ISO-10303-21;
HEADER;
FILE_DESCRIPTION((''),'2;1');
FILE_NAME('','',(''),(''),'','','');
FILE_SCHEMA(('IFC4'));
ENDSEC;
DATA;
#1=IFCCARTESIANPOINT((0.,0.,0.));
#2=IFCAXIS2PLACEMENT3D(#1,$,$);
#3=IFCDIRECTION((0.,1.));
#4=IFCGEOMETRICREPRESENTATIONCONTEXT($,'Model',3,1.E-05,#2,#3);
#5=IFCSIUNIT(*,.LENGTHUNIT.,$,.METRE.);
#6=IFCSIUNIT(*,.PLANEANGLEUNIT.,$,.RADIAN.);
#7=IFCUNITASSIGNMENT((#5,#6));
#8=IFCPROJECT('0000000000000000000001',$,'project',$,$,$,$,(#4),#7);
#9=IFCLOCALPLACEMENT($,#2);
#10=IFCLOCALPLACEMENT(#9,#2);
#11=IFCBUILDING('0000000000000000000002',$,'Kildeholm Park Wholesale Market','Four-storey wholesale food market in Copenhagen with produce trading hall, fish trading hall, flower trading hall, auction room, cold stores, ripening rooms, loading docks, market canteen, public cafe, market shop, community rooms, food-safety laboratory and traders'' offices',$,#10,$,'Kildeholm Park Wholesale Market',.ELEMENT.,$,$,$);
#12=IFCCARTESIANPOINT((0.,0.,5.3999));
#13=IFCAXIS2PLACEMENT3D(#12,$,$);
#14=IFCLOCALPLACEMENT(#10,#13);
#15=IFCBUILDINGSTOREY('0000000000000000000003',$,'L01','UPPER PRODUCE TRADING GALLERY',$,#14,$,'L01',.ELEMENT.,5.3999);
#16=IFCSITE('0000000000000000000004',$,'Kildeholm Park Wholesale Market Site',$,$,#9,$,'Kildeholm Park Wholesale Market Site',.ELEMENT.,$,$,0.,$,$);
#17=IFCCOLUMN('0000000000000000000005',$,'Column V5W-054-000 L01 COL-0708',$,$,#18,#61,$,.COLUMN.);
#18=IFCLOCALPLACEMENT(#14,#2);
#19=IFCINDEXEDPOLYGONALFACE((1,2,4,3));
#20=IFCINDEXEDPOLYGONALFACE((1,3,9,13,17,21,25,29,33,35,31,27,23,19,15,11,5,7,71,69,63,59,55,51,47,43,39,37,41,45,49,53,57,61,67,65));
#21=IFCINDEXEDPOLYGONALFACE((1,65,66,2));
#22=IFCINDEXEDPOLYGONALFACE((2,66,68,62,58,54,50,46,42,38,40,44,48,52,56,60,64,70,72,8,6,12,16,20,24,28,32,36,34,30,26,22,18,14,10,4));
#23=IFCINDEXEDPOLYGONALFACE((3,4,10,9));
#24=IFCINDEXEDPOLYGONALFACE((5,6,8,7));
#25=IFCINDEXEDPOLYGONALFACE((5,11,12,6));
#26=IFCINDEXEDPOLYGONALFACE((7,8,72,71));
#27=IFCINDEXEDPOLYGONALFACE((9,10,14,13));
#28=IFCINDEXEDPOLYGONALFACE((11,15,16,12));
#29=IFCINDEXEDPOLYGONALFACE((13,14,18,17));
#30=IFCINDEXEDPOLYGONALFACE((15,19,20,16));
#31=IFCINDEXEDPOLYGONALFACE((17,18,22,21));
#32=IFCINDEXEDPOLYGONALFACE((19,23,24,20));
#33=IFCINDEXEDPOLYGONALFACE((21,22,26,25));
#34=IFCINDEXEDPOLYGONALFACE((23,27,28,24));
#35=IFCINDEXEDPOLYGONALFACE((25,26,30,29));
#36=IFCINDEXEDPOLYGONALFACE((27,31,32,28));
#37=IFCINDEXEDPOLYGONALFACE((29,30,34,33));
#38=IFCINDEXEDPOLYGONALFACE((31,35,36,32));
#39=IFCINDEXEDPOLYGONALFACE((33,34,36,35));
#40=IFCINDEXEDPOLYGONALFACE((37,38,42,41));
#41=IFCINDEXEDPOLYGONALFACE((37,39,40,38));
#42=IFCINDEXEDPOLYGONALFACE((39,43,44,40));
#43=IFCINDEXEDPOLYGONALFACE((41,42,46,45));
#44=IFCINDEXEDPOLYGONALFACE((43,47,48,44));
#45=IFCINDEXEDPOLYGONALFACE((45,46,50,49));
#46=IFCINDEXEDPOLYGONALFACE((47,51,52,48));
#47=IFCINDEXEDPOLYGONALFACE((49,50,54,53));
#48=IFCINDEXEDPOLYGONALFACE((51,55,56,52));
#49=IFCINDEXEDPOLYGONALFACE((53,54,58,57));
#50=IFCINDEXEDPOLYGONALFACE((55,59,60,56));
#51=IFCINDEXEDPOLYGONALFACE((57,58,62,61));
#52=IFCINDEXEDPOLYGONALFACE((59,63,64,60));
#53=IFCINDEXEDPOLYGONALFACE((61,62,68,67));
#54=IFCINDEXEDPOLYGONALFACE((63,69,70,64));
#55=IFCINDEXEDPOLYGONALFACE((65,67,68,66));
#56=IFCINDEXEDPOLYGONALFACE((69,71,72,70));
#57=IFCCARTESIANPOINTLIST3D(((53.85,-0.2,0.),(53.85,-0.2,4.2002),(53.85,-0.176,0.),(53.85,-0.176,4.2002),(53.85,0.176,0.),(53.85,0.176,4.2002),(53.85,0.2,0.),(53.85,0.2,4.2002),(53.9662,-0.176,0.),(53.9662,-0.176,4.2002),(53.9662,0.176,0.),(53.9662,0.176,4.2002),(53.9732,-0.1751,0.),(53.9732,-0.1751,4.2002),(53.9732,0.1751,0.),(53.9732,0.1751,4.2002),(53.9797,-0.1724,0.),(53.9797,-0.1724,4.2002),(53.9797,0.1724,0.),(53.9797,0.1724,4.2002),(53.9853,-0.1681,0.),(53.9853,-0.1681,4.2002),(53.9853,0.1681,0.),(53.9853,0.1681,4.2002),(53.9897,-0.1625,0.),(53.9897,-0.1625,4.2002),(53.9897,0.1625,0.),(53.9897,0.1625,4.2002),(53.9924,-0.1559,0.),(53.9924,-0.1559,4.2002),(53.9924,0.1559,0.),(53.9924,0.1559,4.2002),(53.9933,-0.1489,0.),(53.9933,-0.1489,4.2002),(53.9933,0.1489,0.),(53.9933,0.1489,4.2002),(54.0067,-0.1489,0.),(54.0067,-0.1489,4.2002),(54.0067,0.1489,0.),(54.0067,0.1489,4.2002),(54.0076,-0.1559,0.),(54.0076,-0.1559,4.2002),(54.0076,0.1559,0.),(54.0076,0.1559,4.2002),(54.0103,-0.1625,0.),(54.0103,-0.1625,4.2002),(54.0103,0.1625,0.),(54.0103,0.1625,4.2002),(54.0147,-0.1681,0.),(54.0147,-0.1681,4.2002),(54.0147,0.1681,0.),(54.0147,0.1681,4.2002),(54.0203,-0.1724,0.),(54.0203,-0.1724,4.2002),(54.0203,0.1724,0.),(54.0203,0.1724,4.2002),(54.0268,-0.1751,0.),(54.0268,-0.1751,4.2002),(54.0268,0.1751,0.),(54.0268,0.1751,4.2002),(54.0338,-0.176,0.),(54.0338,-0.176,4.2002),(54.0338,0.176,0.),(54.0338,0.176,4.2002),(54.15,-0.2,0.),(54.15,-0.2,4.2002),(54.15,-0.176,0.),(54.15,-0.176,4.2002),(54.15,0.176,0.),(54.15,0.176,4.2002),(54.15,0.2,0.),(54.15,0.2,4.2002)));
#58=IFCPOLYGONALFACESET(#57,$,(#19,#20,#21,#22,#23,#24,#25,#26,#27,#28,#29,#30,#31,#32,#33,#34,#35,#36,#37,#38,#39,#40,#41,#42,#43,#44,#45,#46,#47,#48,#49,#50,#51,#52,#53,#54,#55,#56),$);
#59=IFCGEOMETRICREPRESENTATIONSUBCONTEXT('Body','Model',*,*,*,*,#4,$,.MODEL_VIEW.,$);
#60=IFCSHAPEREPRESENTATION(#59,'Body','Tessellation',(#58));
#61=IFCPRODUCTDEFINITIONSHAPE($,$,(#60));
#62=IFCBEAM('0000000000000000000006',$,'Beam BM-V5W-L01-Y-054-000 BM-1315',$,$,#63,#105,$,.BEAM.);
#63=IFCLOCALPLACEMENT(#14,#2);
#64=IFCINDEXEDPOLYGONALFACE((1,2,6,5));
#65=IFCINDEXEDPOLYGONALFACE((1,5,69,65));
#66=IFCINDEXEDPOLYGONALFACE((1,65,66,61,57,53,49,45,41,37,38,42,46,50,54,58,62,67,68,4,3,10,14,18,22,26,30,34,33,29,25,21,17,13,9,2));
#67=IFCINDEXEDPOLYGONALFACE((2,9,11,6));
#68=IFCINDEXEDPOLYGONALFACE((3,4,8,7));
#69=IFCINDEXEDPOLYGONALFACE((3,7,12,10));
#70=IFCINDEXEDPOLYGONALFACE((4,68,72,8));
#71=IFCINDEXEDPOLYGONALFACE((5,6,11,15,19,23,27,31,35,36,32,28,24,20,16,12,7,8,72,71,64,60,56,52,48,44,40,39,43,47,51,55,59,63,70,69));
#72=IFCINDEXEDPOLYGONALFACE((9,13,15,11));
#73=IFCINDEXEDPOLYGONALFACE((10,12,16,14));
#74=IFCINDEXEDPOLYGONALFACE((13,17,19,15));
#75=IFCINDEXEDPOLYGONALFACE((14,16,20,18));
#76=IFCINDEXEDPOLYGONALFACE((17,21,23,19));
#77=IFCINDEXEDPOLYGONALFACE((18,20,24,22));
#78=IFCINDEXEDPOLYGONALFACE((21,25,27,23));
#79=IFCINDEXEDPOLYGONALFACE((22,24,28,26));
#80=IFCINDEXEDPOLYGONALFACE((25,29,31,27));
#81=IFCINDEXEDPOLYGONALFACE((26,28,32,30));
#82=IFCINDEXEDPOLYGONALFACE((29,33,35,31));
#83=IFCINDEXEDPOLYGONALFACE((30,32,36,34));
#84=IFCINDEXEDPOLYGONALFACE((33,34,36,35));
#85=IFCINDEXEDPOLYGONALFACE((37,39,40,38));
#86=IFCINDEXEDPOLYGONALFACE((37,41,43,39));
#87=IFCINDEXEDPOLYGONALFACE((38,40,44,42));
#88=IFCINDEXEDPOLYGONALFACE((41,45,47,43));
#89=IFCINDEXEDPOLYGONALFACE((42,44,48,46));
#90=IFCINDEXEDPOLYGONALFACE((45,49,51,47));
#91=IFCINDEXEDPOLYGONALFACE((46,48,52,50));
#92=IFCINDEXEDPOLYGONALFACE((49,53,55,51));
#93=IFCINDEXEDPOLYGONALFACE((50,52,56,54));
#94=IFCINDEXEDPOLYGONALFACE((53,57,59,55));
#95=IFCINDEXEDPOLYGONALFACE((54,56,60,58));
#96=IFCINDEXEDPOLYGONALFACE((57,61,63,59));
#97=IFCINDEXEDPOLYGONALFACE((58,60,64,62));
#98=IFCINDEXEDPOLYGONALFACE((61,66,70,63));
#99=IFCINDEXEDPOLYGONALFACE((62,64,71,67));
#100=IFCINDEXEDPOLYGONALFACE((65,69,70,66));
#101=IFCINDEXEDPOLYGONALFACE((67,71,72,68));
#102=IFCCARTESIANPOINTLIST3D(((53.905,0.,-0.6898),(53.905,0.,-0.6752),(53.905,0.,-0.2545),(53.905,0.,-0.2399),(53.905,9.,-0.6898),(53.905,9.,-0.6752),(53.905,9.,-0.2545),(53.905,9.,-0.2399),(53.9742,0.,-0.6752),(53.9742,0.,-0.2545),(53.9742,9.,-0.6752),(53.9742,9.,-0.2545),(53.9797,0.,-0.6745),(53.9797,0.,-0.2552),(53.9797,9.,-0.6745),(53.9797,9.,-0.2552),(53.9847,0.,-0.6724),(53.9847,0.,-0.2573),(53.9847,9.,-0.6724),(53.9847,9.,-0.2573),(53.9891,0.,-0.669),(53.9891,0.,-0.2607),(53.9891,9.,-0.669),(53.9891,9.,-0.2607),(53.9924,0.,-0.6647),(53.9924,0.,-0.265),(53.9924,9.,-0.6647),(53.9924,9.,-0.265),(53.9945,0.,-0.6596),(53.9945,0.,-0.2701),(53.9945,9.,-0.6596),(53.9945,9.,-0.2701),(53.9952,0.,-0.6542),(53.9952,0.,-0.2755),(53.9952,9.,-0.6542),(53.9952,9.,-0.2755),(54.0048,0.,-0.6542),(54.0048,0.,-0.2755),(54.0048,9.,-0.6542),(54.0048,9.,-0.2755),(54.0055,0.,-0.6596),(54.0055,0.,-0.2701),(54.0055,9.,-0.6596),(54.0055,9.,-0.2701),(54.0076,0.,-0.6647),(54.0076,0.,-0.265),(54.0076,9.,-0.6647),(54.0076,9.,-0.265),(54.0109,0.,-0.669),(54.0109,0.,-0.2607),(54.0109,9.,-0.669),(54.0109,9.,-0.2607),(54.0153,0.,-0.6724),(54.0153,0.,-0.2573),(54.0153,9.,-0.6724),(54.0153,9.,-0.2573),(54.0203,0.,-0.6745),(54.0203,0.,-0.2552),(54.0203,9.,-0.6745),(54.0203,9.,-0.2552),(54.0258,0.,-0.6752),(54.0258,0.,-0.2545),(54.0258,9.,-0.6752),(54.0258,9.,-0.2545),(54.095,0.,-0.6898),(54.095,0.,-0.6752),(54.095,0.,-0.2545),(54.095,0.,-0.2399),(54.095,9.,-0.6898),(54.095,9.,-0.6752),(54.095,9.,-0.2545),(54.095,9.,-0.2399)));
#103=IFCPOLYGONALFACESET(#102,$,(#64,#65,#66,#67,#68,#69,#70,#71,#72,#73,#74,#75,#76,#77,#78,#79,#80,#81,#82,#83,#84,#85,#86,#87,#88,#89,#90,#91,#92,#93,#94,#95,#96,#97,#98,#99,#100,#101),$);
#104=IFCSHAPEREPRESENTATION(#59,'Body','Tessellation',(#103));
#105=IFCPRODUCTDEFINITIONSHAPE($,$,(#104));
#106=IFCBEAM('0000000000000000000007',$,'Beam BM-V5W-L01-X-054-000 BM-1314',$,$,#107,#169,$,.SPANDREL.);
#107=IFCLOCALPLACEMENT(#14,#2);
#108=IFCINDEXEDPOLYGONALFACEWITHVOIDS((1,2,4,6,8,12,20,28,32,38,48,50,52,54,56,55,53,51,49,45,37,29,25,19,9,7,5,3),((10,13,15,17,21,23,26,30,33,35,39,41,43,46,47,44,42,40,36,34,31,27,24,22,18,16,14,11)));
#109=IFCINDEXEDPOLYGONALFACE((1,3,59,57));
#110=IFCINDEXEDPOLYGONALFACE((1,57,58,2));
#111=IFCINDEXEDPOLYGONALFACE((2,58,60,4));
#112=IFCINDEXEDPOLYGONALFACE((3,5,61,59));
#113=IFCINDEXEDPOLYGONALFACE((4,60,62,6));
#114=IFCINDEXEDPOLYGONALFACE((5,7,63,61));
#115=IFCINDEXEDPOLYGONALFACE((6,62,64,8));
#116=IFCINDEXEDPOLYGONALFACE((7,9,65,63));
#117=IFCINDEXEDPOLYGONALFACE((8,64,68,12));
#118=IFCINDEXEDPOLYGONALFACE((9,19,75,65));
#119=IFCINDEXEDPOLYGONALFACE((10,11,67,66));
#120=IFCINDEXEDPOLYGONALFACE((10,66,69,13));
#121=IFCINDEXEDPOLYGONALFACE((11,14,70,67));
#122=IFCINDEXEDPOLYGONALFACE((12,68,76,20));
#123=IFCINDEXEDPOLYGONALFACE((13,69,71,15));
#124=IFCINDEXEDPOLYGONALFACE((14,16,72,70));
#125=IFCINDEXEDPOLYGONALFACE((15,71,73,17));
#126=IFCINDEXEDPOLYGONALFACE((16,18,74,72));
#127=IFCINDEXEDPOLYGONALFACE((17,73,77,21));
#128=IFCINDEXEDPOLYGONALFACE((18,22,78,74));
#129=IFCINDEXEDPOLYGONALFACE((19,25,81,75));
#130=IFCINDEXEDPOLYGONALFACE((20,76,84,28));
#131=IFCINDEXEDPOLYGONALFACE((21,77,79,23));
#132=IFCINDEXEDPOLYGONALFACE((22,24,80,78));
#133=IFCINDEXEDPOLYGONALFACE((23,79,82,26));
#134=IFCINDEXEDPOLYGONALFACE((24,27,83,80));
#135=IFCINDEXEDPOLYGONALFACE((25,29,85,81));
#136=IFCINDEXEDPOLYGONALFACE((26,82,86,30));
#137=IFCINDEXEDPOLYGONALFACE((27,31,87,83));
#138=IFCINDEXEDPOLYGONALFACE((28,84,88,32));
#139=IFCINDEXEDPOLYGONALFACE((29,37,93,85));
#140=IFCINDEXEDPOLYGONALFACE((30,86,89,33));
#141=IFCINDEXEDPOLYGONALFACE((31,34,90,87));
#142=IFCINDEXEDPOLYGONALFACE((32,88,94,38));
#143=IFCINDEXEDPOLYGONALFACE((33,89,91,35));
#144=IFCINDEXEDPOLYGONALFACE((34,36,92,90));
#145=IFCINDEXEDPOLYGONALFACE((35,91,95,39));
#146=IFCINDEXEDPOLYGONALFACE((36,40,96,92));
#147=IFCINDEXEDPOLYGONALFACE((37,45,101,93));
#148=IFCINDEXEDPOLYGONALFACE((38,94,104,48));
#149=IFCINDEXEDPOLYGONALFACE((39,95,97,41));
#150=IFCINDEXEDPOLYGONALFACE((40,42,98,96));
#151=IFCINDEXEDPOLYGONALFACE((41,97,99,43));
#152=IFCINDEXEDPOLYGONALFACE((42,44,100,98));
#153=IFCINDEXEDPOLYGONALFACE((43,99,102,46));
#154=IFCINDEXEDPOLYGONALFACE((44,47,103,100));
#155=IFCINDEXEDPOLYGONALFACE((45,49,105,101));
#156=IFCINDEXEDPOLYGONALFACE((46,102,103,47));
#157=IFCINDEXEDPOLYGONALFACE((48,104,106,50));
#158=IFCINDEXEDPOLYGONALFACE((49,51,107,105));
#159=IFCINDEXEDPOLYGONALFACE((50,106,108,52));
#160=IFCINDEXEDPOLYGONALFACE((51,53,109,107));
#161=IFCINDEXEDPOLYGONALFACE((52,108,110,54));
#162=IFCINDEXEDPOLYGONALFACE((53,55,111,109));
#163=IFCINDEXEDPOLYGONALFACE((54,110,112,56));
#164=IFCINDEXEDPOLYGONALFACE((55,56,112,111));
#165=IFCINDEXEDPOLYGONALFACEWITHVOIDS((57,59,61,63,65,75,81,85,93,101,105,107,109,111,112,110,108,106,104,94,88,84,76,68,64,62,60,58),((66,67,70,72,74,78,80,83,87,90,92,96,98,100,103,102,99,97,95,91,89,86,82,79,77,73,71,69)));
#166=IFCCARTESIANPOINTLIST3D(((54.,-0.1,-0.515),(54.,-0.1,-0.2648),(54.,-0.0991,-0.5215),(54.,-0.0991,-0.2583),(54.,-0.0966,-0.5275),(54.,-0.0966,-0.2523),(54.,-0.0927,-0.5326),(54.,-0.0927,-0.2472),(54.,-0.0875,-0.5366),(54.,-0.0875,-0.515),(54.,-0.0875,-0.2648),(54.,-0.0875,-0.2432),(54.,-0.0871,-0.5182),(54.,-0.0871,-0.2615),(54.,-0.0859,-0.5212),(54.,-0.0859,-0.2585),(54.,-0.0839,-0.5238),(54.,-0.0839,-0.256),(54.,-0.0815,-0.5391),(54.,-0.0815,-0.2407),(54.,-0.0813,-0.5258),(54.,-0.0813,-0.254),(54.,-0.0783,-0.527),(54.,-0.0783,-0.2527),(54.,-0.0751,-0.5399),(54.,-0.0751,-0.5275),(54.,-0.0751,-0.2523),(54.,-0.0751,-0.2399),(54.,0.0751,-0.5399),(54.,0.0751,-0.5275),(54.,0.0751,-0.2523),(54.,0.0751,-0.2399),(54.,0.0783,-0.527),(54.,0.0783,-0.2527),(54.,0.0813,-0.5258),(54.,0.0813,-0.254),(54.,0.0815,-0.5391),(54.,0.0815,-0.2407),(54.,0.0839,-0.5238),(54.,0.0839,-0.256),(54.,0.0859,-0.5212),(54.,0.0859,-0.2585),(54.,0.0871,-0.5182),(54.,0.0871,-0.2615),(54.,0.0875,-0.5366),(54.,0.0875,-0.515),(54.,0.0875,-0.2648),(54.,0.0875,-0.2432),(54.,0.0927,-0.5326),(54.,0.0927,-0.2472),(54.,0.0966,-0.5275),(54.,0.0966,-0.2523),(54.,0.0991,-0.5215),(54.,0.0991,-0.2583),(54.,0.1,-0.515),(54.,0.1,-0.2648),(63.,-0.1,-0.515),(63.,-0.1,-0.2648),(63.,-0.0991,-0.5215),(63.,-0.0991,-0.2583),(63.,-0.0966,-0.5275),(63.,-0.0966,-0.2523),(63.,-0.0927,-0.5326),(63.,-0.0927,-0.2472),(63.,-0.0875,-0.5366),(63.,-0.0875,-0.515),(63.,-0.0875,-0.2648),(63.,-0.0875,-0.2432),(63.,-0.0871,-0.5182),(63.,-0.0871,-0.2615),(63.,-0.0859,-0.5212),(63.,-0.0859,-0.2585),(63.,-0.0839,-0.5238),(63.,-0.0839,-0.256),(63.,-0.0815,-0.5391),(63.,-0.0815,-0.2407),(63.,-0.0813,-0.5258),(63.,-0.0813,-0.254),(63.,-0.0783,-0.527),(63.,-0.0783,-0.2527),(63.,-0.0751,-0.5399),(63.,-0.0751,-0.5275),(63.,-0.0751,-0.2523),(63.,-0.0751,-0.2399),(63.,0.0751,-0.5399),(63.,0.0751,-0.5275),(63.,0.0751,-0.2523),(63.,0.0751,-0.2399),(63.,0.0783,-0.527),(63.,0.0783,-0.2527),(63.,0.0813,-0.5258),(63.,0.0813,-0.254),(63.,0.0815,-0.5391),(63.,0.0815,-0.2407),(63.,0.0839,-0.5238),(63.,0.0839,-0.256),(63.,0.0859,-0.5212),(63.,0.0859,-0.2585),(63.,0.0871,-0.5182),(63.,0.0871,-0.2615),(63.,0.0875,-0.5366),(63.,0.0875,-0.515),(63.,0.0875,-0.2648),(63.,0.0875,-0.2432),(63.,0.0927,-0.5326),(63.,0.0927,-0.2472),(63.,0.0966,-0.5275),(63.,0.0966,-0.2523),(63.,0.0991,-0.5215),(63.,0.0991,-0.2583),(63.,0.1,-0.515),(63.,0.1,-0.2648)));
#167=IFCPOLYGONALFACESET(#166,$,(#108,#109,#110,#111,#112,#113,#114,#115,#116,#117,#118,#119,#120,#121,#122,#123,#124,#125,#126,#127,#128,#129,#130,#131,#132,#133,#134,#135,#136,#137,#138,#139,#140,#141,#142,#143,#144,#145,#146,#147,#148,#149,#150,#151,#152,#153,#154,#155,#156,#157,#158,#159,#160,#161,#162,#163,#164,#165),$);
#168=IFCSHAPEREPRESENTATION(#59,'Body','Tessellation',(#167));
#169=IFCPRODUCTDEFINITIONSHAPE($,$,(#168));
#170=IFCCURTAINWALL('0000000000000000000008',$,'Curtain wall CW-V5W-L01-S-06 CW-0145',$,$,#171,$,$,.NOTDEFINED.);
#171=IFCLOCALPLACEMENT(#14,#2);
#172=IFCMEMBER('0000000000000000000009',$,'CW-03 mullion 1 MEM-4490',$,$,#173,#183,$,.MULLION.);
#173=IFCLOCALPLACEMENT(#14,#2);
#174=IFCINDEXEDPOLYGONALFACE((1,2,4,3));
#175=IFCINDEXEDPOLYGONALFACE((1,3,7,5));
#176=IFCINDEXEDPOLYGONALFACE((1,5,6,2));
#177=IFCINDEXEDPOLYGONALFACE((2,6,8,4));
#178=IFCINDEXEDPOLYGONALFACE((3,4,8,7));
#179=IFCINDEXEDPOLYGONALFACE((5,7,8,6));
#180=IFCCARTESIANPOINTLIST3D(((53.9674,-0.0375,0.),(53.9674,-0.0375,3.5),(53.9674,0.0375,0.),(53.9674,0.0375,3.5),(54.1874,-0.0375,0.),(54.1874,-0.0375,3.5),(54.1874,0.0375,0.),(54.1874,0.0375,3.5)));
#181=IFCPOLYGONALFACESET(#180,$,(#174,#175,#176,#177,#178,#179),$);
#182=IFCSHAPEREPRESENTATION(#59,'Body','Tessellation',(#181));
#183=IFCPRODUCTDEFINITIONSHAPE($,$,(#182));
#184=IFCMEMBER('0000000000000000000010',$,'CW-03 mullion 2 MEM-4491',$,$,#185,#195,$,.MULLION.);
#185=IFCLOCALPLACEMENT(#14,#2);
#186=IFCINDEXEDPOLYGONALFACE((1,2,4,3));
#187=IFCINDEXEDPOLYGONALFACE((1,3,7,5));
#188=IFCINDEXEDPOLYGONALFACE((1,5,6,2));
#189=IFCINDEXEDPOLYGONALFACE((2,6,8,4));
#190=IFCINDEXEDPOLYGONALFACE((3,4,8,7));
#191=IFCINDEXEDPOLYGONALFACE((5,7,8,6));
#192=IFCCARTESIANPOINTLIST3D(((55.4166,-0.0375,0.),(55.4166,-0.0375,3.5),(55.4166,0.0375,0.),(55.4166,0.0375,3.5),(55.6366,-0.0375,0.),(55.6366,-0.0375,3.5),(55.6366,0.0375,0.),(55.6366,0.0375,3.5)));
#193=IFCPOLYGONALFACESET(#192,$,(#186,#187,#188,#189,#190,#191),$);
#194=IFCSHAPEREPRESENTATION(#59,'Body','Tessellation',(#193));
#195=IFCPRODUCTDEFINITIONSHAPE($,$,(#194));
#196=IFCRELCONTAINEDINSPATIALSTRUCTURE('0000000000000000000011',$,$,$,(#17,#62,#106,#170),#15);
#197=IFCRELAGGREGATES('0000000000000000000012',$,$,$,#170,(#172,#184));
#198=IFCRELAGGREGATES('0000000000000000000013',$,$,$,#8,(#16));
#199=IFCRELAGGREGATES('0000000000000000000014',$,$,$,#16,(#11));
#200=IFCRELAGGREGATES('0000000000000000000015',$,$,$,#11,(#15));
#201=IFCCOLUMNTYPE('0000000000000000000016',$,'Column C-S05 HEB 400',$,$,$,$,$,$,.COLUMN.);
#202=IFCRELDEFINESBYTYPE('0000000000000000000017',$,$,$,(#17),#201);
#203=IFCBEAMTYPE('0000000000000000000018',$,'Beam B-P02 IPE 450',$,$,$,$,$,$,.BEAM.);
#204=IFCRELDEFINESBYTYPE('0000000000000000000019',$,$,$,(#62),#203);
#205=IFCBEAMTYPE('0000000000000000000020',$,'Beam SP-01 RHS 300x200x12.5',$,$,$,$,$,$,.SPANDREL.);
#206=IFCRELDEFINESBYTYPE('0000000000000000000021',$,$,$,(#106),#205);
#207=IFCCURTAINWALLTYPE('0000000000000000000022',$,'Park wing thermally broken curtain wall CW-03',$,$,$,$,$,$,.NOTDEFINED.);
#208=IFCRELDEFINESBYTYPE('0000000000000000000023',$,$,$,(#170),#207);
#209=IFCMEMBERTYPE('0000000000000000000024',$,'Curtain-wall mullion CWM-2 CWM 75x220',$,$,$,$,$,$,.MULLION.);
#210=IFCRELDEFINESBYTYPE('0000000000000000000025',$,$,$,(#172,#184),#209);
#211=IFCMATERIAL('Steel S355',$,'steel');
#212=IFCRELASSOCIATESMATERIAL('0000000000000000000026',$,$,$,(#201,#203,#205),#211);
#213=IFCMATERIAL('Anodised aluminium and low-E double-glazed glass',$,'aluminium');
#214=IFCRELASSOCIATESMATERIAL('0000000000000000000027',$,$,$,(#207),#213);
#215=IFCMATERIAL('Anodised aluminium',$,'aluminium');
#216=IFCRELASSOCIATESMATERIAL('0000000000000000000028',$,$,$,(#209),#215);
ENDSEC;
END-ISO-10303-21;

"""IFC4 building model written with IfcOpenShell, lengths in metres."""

from ifc_helpers import new_model, si_unit, direction, frame, origin, origin_2d, place, context, subcontext, project, spatial, rectangle, hollow_rectangle, i_section, extrude, material, material_profile, profile_set, type_object, element, aggregate, save


model = new_model("IFC4")

# Units and contexts
model_context = context("Model", 3, precision=1e-05, world=origin(), true_north=direction((0.0, 1.0)))
body_context = subcontext(model_context, "Body", "Model", "MODEL_VIEW")
ifc_project = project(units=[si_unit("LENGTHUNIT", "METRE"), si_unit("PLANEANGLEUNIT", "RADIAN")], contexts=[model_context])

# Site, building, storey
site_placement = place(None, origin())
site = spatial("IfcSite", under=ifc_project, at=site_placement, Name="Kildeholm Park Wholesale Market Site", LongName="Kildeholm Park Wholesale Market Site", CompositionType="ELEMENT", RefElevation=0.0)
building_placement = place(site_placement, origin())
building = spatial("IfcBuilding", under=site, at=building_placement, Name="Kildeholm Park Wholesale Market", Description="Four-storey wholesale food market in Copenhagen with produce trading hall, fish trading hall, flower trading hall, auction room, cold stores, ripening rooms, loading docks, market canteen, public cafe, market shop, community rooms, food-safety laboratory and traders' offices", LongName="Kildeholm Park Wholesale Market", CompositionType="ELEMENT")
storey_placement = place(building_placement, frame((0.0, 0.0, 5.3999)))
storey = spatial("IfcBuildingStorey", under=building, at=storey_placement, Name="L01", Description="UPPER PRODUCE TRADING GALLERY", LongName="L01", CompositionType="ELEMENT", Elevation=5.3999)

# Column
ifc_material_1 = material(Name="Steel S355", Category="steel")
ifc_material_profile_1 = material_profile(ifc_material_1, i_section(OverallWidth=0.3, OverallDepth=0.3999, WebThickness=0.0134, FlangeThickness=0.0239, FilletRadius=0.0271, at=origin_2d()), Name="HEB 400")
ifc_profile_set_1 = profile_set([ifc_material_profile_1], Name="Steel S355")
column_type = type_object("IfcColumnType", Name="Column C-S05 HEB 400", PredefinedType="COLUMN", material=ifc_profile_set_1)
column_placement = place(storey_placement, frame((54.0, 0.0, 0.0), z_axis=(0.0, 0.0, 1.0), x_axis=(1.0, 0.0, 0.0)))
element("IfcColumn", 1, at=column_placement, inside=storey, type_object=column_type, Name="Column V5W-054-000 L01 COL-0708", PredefinedType="COLUMN", context=body_context, shape_type="SweptSolid", body=[
    extrude(i_section(OverallWidth=0.3, OverallDepth=0.3999, WebThickness=0.0134, FlangeThickness=0.0239, FilletRadius=0.0271, at=origin_2d()), origin(), (0.0, 0.0, 1.0), 4.2002),
])

# Beams
ifc_material_profile_2 = material_profile(ifc_material_1, i_section(OverallWidth=0.1899, OverallDepth=0.45, WebThickness=0.0095, FlangeThickness=0.0146, FilletRadius=0.021, at=origin_2d()), Name="IPE 450")
ifc_profile_set_2 = profile_set([ifc_material_profile_2], Name="Steel S355")
beam_type_1 = type_object("IfcBeamType", Name="Beam B-P02 IPE 450", PredefinedType="BEAM", material=ifc_profile_set_2)
beam_1_placement = place(storey_placement, frame((54.0, 0.0, -0.4648), z_axis=(0.0, 1.0, 0.0), x_axis=(-1.0, 0.0, 0.0)))
element("IfcBeam", 2, at=beam_1_placement, inside=storey, type_object=beam_type_1, Name="Beam BM-V5W-L01-Y-054-000 BM-1315", PredefinedType="BEAM", context=body_context, shape_type="SweptSolid", body=[
    extrude(i_section(OverallWidth=0.1899, OverallDepth=0.45, WebThickness=0.0095, FlangeThickness=0.0146, FilletRadius=0.021, at=origin_2d()), origin(), (0.0, 0.0, 1.0), 9.0),
])
ifc_material_profile_3 = material_profile(ifc_material_1, hollow_rectangle(XDim=0.2, YDim=0.3, WallThickness=0.0125, InnerFilletRadius=0.0125, OuterFilletRadius=0.0249, at=origin_2d()), Name="RHS 300x200x12.5")
ifc_profile_set_3 = profile_set([ifc_material_profile_3], Name="Steel S355")
beam_type_2 = type_object("IfcBeamType", Name="Beam SP-01 RHS 300x200x12.5", PredefinedType="SPANDREL", material=ifc_profile_set_3)
beam_2_placement = place(storey_placement, frame((54.0, 0.0, -0.3899), z_axis=(1.0, 0.0, 0.0), x_axis=(0.0, 1.0, 0.0)))
element("IfcBeam", 3, at=beam_2_placement, inside=storey, type_object=beam_type_2, Name="Beam BM-V5W-L01-X-054-000 BM-1314", PredefinedType="SPANDREL", context=body_context, shape_type="SweptSolid", body=[
    extrude(hollow_rectangle(XDim=0.2, YDim=0.3, WallThickness=0.0125, InnerFilletRadius=0.0125, OuterFilletRadius=0.0249, at=origin_2d()), origin(), (0.0, 0.0, 1.0), 9.0),
])

# Curtain wall, members
ifc_material_2 = material(Name="Anodised aluminium and low-E double-glazed glass", Category="aluminium")
curtain_wall_type = type_object("IfcCurtainWallType", Name="Park wing thermally broken curtain wall CW-03", PredefinedType="NOTDEFINED", material=ifc_material_2)
curtain_wall_placement = place(storey_placement, origin())
curtain_wall = element("IfcCurtainWall", 4, at=curtain_wall_placement, inside=storey, type_object=curtain_wall_type, Name="Curtain wall CW-V5W-L01-S-06 CW-0145", PredefinedType="NOTDEFINED")
ifc_material_3 = material(Name="Anodised aluminium", Category="aluminium")
ifc_material_profile_4 = material_profile(ifc_material_3, rectangle(XDim=0.075, YDim=0.22, at=origin_2d()), Name="CWM 75x220")
ifc_profile_set_4 = profile_set([ifc_material_profile_4], Name="Anodised aluminium")
member_type_1 = type_object("IfcMemberType", Name="Curtain-wall mullion CWM-2 CWM 75x220", PredefinedType="MULLION", material=ifc_profile_set_4)
member_1_placement = place(storey_placement, frame((54.0774, 0.0, 0.0), z_axis=(0.0, 0.0, 1.0), x_axis=(0.0, 1.0, 0.0)))
member_1 = element("IfcMember", 5, at=member_1_placement, type_object=member_type_1, Name="CW-03 mullion 1 MEM-4490", PredefinedType="MULLION", context=body_context, shape_type="SweptSolid", body=[
    extrude(rectangle(XDim=0.075, YDim=0.22, at=origin_2d()), origin(), (0.0, 0.0, 1.0), 3.5),
])
member_2_placement = place(storey_placement, frame((55.5266, 0.0, 0.0), z_axis=(0.0, 0.0, 1.0), x_axis=(0.0, 1.0, 0.0)))
member_2 = element("IfcMember", 6, at=member_2_placement, type_object=member_type_1, Name="CW-03 mullion 2 MEM-4491", PredefinedType="MULLION", context=body_context, shape_type="SweptSolid", body=[
    extrude(rectangle(XDim=0.075, YDim=0.22, at=origin_2d()), origin(), (0.0, 0.0, 1.0), 3.5),
])
aggregate(curtain_wall, [member_1, member_2])

save(model, "model.ifc")
